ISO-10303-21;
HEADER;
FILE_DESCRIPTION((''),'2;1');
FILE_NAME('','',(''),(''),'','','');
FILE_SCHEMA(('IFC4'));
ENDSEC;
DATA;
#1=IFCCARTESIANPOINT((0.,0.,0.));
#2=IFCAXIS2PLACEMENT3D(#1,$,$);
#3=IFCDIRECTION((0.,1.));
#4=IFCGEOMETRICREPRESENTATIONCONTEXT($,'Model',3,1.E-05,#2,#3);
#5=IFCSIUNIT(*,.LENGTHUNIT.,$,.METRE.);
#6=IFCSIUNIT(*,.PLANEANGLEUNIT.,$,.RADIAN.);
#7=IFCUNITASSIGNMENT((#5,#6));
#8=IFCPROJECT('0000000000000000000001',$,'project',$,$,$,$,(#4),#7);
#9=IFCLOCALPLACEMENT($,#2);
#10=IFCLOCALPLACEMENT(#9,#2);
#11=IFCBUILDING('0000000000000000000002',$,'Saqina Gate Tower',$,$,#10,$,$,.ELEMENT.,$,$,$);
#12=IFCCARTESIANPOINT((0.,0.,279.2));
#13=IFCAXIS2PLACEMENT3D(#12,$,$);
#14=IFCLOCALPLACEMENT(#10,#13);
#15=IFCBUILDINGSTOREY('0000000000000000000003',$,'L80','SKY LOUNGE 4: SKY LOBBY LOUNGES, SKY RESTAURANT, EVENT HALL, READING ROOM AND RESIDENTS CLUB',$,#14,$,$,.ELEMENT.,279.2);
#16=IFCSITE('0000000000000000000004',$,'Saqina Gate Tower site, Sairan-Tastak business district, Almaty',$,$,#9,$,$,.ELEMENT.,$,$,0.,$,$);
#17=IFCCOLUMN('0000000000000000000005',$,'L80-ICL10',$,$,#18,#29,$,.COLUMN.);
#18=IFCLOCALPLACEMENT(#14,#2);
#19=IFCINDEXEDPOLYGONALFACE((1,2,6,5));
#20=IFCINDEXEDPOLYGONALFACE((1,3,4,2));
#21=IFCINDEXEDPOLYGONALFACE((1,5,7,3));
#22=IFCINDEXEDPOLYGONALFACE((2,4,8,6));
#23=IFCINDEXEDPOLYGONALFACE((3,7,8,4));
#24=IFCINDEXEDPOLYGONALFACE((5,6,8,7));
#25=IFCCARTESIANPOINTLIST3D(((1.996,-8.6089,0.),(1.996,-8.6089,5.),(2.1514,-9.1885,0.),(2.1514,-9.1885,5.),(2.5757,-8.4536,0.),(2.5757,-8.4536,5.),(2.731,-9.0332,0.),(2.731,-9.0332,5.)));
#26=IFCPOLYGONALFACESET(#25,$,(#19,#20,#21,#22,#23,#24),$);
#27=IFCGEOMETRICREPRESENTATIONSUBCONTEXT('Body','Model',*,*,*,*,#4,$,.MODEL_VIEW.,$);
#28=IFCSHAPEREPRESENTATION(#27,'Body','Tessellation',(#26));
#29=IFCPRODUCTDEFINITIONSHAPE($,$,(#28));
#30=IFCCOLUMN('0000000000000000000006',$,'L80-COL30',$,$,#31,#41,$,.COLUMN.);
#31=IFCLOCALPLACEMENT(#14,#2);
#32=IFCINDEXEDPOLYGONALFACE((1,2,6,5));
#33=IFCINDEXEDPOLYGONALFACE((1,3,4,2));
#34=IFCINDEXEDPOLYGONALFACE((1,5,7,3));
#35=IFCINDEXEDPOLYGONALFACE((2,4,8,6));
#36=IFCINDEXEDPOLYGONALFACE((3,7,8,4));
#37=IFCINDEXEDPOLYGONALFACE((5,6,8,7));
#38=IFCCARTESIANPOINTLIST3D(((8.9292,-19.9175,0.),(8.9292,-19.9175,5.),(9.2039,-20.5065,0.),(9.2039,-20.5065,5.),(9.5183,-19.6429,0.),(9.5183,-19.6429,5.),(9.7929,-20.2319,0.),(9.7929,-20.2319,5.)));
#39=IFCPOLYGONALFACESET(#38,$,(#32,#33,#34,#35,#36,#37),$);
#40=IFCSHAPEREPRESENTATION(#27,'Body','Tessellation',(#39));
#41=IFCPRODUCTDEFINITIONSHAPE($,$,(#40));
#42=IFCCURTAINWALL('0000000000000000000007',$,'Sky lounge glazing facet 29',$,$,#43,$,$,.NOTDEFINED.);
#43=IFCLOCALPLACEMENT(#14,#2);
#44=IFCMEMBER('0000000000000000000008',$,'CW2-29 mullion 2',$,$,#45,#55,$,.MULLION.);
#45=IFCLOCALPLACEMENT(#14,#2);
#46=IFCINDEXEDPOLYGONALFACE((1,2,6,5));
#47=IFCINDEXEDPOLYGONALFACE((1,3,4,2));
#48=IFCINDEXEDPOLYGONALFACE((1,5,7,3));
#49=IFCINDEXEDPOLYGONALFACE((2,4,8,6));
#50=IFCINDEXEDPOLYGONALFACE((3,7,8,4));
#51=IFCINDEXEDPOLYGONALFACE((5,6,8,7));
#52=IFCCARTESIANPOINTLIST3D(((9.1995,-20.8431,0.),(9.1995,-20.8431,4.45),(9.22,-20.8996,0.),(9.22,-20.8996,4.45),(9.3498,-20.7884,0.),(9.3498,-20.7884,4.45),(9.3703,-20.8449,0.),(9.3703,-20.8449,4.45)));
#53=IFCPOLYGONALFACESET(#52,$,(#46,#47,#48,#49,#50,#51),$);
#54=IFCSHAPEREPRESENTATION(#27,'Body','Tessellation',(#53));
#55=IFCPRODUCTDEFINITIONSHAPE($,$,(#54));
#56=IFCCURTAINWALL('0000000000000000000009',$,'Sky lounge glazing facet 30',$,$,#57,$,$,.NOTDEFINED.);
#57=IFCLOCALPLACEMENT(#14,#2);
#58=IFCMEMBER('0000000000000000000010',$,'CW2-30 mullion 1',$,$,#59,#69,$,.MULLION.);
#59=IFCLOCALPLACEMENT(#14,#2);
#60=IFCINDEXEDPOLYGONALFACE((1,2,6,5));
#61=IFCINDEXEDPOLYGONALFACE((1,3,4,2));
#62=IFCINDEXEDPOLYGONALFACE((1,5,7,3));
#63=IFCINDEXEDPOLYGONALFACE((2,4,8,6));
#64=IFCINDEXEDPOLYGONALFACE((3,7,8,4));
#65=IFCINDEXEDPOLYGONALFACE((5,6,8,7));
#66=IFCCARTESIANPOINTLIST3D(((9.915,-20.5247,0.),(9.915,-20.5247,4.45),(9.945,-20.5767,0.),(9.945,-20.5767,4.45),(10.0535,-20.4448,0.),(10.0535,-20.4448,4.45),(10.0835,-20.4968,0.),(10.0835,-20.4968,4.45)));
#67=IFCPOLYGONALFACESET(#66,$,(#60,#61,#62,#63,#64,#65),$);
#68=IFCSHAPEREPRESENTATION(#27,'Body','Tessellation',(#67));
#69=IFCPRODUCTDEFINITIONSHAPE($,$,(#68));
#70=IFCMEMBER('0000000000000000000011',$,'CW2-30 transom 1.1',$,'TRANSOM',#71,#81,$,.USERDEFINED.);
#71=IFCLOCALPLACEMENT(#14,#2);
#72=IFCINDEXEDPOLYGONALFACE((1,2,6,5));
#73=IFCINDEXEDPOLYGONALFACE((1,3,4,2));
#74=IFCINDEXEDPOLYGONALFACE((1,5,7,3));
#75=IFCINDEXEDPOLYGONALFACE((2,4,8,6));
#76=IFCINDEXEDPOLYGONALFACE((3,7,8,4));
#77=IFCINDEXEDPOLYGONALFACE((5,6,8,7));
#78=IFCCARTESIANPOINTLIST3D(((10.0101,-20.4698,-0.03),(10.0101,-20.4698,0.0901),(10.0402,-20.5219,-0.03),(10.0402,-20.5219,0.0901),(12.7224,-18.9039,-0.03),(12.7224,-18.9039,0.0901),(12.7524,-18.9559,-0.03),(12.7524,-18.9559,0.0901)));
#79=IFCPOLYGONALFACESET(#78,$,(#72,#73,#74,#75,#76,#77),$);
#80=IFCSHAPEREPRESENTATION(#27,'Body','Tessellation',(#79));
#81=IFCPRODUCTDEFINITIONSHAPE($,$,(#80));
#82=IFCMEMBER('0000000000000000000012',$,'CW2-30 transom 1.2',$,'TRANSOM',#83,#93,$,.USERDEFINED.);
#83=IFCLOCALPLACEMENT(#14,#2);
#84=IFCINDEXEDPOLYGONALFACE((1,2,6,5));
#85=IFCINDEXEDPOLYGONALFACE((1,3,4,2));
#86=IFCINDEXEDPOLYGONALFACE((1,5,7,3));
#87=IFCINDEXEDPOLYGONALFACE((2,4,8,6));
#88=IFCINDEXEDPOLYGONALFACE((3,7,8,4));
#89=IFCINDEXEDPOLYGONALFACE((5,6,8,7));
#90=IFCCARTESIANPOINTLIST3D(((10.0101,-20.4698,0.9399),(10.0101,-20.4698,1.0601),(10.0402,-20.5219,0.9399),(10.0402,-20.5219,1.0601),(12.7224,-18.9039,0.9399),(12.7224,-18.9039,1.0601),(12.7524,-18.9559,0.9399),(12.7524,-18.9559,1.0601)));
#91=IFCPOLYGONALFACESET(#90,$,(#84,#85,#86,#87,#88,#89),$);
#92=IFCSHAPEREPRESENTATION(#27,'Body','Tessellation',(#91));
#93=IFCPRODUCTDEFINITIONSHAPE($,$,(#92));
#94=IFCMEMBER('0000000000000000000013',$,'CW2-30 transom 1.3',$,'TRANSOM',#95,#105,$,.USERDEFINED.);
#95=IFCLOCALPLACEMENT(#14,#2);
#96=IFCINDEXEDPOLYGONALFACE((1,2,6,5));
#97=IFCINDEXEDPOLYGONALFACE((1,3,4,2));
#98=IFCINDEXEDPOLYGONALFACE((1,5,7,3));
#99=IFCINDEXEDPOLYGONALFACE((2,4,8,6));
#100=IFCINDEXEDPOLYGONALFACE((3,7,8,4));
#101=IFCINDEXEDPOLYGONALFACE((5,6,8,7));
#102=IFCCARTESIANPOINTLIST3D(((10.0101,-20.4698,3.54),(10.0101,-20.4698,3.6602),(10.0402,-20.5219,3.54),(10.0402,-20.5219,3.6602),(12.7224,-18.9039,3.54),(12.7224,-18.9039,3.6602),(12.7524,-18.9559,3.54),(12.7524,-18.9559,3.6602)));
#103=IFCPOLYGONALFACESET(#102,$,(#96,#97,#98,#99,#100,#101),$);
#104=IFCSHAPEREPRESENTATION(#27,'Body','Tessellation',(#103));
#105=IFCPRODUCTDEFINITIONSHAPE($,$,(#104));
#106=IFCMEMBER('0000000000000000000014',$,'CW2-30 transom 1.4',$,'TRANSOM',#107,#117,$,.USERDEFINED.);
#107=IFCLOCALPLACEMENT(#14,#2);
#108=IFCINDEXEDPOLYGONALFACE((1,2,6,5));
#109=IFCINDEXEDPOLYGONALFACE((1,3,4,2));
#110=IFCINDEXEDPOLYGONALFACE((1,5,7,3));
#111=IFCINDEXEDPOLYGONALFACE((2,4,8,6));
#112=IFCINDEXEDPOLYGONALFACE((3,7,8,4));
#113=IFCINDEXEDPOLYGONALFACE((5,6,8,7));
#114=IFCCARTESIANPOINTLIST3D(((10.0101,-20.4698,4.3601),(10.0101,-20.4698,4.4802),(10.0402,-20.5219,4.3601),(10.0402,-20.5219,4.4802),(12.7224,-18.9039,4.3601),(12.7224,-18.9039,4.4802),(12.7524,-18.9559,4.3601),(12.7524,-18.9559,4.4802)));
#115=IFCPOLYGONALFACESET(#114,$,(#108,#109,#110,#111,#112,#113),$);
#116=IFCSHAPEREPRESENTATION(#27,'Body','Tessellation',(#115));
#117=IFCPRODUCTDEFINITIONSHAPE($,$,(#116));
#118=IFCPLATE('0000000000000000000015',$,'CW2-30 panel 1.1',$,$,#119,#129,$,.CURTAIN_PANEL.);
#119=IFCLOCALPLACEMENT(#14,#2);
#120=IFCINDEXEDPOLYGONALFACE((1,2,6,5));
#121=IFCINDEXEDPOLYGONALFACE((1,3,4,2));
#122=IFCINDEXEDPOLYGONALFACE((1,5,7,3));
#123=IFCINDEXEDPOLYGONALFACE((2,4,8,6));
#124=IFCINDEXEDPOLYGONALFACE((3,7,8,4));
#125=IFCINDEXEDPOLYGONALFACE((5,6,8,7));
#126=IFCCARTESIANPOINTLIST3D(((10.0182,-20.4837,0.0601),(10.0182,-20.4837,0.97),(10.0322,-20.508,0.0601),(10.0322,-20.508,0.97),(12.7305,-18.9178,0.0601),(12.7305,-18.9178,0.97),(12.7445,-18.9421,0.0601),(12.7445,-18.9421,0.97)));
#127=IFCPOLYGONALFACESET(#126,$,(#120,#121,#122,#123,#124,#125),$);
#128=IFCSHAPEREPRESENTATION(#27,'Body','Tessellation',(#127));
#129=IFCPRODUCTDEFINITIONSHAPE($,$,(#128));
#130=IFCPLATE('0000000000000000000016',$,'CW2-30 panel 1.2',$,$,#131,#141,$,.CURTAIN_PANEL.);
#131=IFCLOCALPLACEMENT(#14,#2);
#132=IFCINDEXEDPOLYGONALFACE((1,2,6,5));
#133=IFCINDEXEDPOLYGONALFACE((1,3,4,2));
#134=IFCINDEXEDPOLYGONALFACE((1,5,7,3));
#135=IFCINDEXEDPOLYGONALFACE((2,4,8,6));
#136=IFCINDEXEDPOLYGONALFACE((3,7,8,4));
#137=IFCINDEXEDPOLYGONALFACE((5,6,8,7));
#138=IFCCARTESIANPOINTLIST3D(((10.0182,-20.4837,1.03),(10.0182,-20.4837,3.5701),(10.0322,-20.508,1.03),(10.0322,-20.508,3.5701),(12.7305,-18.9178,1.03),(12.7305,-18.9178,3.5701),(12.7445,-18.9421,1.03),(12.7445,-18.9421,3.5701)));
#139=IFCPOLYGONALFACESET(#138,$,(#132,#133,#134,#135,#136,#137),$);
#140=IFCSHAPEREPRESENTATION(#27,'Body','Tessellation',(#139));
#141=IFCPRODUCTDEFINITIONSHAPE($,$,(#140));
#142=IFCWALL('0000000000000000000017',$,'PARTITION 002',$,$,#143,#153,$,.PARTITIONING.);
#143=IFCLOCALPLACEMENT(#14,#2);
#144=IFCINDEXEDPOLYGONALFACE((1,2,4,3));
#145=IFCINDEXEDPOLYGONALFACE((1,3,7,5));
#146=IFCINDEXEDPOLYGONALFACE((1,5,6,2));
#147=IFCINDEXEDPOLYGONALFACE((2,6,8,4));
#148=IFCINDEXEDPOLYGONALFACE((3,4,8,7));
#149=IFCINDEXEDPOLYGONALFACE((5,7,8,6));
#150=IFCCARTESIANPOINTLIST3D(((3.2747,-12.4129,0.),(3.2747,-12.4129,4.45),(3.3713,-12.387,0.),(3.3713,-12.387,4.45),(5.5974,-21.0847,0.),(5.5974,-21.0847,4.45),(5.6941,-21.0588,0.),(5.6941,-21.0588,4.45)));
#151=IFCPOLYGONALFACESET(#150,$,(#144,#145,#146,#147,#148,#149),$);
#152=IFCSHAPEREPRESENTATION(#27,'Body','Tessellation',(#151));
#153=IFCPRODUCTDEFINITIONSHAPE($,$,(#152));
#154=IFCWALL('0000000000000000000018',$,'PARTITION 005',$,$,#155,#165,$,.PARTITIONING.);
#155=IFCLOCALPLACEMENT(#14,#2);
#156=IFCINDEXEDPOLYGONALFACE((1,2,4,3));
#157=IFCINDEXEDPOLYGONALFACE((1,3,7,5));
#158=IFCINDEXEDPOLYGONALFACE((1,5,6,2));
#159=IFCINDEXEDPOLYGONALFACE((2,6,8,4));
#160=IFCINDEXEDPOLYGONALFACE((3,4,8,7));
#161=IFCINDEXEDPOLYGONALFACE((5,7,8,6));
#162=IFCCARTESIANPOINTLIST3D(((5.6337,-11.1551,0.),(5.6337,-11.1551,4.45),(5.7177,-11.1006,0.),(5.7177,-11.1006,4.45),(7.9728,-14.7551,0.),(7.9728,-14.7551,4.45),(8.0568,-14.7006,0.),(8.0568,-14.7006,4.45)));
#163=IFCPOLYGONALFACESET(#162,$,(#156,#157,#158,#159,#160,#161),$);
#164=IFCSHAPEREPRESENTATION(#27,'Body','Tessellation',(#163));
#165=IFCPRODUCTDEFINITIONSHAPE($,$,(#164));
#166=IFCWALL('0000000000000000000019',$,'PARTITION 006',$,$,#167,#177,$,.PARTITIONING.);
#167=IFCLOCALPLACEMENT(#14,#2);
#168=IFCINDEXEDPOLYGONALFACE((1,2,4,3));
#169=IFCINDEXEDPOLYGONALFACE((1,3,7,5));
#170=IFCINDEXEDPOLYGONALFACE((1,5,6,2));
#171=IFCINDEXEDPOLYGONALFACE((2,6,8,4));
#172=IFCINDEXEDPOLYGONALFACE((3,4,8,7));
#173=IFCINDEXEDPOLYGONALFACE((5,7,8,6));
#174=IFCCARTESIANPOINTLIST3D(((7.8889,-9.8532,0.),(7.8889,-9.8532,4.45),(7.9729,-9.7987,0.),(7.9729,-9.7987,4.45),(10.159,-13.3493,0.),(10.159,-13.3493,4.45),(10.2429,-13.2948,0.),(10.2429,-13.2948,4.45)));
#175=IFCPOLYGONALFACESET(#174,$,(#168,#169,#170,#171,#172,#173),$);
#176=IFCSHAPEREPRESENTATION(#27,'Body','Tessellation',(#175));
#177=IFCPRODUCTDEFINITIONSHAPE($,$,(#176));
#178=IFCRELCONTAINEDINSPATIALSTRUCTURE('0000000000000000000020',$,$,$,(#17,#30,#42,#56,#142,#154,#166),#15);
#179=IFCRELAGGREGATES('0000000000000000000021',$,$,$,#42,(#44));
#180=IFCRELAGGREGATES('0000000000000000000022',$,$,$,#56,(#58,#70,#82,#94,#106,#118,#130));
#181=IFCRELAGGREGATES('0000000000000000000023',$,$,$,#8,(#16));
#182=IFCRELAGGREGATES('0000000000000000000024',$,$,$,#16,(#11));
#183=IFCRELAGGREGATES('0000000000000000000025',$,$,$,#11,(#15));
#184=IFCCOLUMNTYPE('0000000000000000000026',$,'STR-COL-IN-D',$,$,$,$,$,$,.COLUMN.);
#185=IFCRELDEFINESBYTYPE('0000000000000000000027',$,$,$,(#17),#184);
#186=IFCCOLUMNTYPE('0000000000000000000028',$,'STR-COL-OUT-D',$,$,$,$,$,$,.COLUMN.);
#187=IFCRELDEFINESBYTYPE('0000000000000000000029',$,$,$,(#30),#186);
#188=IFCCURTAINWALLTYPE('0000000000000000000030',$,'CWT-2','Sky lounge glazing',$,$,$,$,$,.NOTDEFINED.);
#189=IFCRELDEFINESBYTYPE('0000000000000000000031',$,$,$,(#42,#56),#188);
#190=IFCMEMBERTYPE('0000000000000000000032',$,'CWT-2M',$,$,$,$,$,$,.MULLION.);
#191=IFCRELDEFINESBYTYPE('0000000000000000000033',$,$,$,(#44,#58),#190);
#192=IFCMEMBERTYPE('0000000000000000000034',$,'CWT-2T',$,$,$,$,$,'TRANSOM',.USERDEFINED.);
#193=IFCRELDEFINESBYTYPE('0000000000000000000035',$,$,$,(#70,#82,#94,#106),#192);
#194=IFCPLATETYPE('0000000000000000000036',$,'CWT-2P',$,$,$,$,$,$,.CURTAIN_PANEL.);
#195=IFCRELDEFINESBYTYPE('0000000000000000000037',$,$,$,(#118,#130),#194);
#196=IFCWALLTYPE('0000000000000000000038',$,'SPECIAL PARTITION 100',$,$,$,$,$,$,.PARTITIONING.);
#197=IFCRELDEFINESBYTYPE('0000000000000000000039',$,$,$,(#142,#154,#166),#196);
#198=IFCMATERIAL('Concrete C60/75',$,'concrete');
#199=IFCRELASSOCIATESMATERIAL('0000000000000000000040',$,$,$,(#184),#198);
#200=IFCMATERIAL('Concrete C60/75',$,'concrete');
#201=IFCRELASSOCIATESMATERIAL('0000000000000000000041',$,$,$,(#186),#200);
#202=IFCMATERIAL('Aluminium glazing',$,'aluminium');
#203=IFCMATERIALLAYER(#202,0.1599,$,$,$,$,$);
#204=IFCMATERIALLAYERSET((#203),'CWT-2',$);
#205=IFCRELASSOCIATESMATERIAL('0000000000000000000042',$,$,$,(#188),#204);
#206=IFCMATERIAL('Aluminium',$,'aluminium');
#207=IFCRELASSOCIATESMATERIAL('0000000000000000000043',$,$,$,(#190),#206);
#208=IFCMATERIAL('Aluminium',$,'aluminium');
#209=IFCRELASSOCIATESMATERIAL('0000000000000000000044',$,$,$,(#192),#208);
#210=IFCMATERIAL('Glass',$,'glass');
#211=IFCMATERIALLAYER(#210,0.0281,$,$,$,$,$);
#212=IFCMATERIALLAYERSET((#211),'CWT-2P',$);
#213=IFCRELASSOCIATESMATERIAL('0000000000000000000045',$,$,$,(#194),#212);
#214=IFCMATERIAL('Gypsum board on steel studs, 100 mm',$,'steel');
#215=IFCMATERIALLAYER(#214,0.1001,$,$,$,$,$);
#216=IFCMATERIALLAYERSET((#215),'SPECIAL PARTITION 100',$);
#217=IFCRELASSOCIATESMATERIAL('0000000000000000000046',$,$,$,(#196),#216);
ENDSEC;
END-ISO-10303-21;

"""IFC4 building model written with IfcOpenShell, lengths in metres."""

from ifc_helpers import new_model, si_unit, direction, frame, frame_2d, origin, origin_2d, place, context, subcontext, project, spatial, rectangle, extrude, material, layer, layer_set, material_profile, profile_set, type_object, element, aggregate, save


model = new_model("IFC4")

# Units and contexts
model_context = context("Model", 3, precision=1e-05, world=origin(), true_north=direction((0.0, 1.0)))
body_context = subcontext(model_context, "Body", "Model", "MODEL_VIEW")
ifc_project = project(units=[si_unit("LENGTHUNIT", "METRE"), si_unit("PLANEANGLEUNIT", "RADIAN")], contexts=[model_context])

# Site, building, storey
site_placement = place(None, origin())
site = spatial("IfcSite", under=ifc_project, at=site_placement, Name="Saqina Gate Tower site, Sairan-Tastak business district, Almaty", CompositionType="ELEMENT", RefElevation=0.0)
building_placement = place(site_placement, origin())
building = spatial("IfcBuilding", under=site, at=building_placement, Name="Saqina Gate Tower", CompositionType="ELEMENT")
storey_placement = place(building_placement, frame((0.0, 0.0, 279.2)))
storey = spatial("IfcBuildingStorey", under=building, at=storey_placement, Name="L80", Description="SKY LOUNGE 4: SKY LOBBY LOUNGES, SKY RESTAURANT, EVENT HALL, READING ROOM AND RESIDENTS CLUB", CompositionType="ELEMENT", Elevation=279.2)

# Columns
ifc_material_1 = material(Name="Concrete C60/75", Category="concrete")
ifc_material_profile_1 = material_profile(ifc_material_1, rectangle(XDim=0.6001, YDim=0.6001, at=origin_2d()), Name="RC 600x600")
ifc_profile_set_1 = profile_set([ifc_material_profile_1], Name="Concrete C60/75")
column_type_1 = type_object("IfcColumnType", Name="STR-COL-IN-D", PredefinedType="COLUMN", material=ifc_profile_set_1)
column_1_placement = place(storey_placement, frame((2.3635, -8.821, 0.0), z_axis=(0.0, 0.0, 1.0), x_axis=(0.258819, -0.965926, 0.0)))
element("IfcColumn", 1, at=column_1_placement, inside=storey, type_object=column_type_1, Name="L80-ICL10", PredefinedType="COLUMN", context=body_context, shape_type="SweptSolid", body=[
    extrude(rectangle(XDim=0.6001, YDim=0.6001, at=origin_2d()), origin(), (0.0, 0.0, 1.0), 5.0),
])
ifc_material_2 = material(Name="Concrete C60/75", Category="concrete")
ifc_material_profile_2 = material_profile(ifc_material_2, rectangle(XDim=0.6499, YDim=0.6499, at=origin_2d()), Name="RC 650x650")
ifc_profile_set_2 = profile_set([ifc_material_profile_2], Name="Concrete C60/75")
column_type_2 = type_object("IfcColumnType", Name="STR-COL-OUT-D", PredefinedType="COLUMN", material=ifc_profile_set_2)
column_2_placement = place(storey_placement, frame((9.3611, -20.0747, 0.0), z_axis=(0.0, 0.0, 1.0), x_axis=(0.422618, -0.906308, 0.0)))
element("IfcColumn", 2, at=column_2_placement, inside=storey, type_object=column_type_2, Name="L80-COL30", PredefinedType="COLUMN", context=body_context, shape_type="SweptSolid", body=[
    extrude(rectangle(XDim=0.6499, YDim=0.6499, at=origin_2d()), origin(), (0.0, 0.0, 1.0), 5.0),
])

# Curtain wall, member
ifc_material_3 = material(Name="Aluminium glazing", Category="aluminium")
ifc_layer_1 = layer(ifc_material_3, 0.1599)
ifc_layer_set_1 = layer_set([ifc_layer_1], Name="CWT-2")
curtain_wall_type = type_object("IfcCurtainWallType", Name="CWT-2", Description="Sky lounge glazing", PredefinedType="NOTDEFINED", material=ifc_layer_set_1)
curtain_wall_1_placement = place(storey_placement, origin())
curtain_wall_1 = element("IfcCurtainWall", 3, at=curtain_wall_1_placement, inside=storey, type_object=curtain_wall_type, Name="Sky lounge glazing facet 29", PredefinedType="NOTDEFINED")
ifc_material_4 = material(Name="Aluminium", Category="aluminium")
ifc_material_profile_3 = material_profile(ifc_material_4, rectangle(XDim=0.0601, YDim=0.1599, at=origin_2d()), Name="Aluminium 60x160")
ifc_profile_set_3 = profile_set([ifc_material_profile_3], Name="Aluminium")
member_type_1 = type_object("IfcMemberType", Name="CWT-2M", PredefinedType="MULLION", material=ifc_profile_set_3)
member_1_placement = place(storey_placement, frame((9.2849, -20.844, 0.0), z_axis=(0.0, 0.0, 1.0), x_axis=(-0.342007, 0.939697, 0.0)))
member_1 = element("IfcMember", 4, at=member_1_placement, type_object=member_type_1, Name="CW2-29 mullion 2", PredefinedType="MULLION", context=body_context, shape_type="SweptSolid", body=[
    extrude(rectangle(XDim=0.0601, YDim=0.1599, at=origin_2d()), origin(), (0.0, 0.0, 1.0), 4.45),
])
aggregate(curtain_wall_1, [member_1])

# Curtain wall, members, plates
curtain_wall_2_placement = place(storey_placement, origin())
curtain_wall_2 = element("IfcCurtainWall", 5, at=curtain_wall_2_placement, inside=storey, type_object=curtain_wall_type, Name="Sky lounge glazing facet 30", PredefinedType="NOTDEFINED")
member_2_placement = place(storey_placement, frame((9.9993, -20.5107, 0.0), z_axis=(0.0, 0.0, 1.0), x_axis=(-0.499982, 0.866036, 0.0)))
member_2 = element("IfcMember", 6, at=member_2_placement, type_object=member_type_1, Name="CW2-30 mullion 1", PredefinedType="MULLION", context=body_context, shape_type="SweptSolid", body=[
    extrude(rectangle(XDim=0.0601, YDim=0.1599, at=origin_2d()), origin(), (0.0, 0.0, 1.0), 4.45),
])
ifc_material_5 = material(Name="Aluminium", Category="aluminium")
ifc_material_profile_4 = material_profile(ifc_material_5, rectangle(XDim=0.0601, YDim=0.1201, at=origin_2d()), Name="Aluminium 60x120")
ifc_profile_set_4 = profile_set([ifc_material_profile_4], Name="Aluminium")
member_type_2 = type_object("IfcMemberType", Name="CWT-2T", ElementType="TRANSOM", PredefinedType="USERDEFINED", material=ifc_profile_set_4)
member_3_placement = place(storey_placement, frame((10.0251, -20.4958, 0.03), z_axis=(0.866018, 0.500013, 0.0), x_axis=(-0.500013, 0.866018, 0.0)))
member_3 = element("IfcMember", 7, at=member_3_placement, type_object=member_type_2, Name="CW2-30 transom 1.1", ObjectType="TRANSOM", PredefinedType="USERDEFINED", context=body_context, shape_type="SweptSolid", body=[
    extrude(rectangle(XDim=0.0601, YDim=0.1201, at=origin_2d()), origin(), (0.0, 0.0, 1.0), 3.1318),
])
member_4_placement = place(storey_placement, frame((10.0251, -20.4958, 1.0), z_axis=(0.866018, 0.500013, 0.0), x_axis=(-0.500013, 0.866018, 0.0)))
member_4 = element("IfcMember", 8, at=member_4_placement, type_object=member_type_2, Name="CW2-30 transom 1.2", ObjectType="TRANSOM", PredefinedType="USERDEFINED", context=body_context, shape_type="SweptSolid", body=[
    extrude(rectangle(XDim=0.0601, YDim=0.1201, at=origin_2d()), origin(), (0.0, 0.0, 1.0), 3.1318),
])
member_5_placement = place(storey_placement, frame((10.0251, -20.4958, 3.6001), z_axis=(0.866018, 0.500013, 0.0), x_axis=(-0.500013, 0.866018, 0.0)))
member_5 = element("IfcMember", 9, at=member_5_placement, type_object=member_type_2, Name="CW2-30 transom 1.3", ObjectType="TRANSOM", PredefinedType="USERDEFINED", context=body_context, shape_type="SweptSolid", body=[
    extrude(rectangle(XDim=0.0601, YDim=0.1201, at=origin_2d()), origin(), (0.0, 0.0, 1.0), 3.1318),
])
member_6_placement = place(storey_placement, frame((10.0251, -20.4958, 4.4202), z_axis=(0.866018, 0.500013, 0.0), x_axis=(-0.500013, 0.866018, 0.0)))
member_6 = element("IfcMember", 10, at=member_6_placement, type_object=member_type_2, Name="CW2-30 transom 1.4", ObjectType="TRANSOM", PredefinedType="USERDEFINED", context=body_context, shape_type="SweptSolid", body=[
    extrude(rectangle(XDim=0.0601, YDim=0.1201, at=origin_2d()), origin(), (0.0, 0.0, 1.0), 3.1318),
])
ifc_material_6 = material(Name="Glass", Category="glass")
ifc_layer_2 = layer(ifc_material_6, 0.0281)
ifc_layer_set_2 = layer_set([ifc_layer_2], Name="CWT-2P")
plate_type = type_object("IfcPlateType", Name="CWT-2P", PredefinedType="CURTAIN_PANEL", material=ifc_layer_set_2)
plate_1_placement = place(storey_placement, frame((11.3813, -19.7129, 0.0601), z_axis=(0.0, 0.0, 1.0), x_axis=(0.866036, 0.499982, 0.0)))
plate_1 = element("IfcPlate", 11, at=plate_1_placement, type_object=plate_type, Name="CW2-30 panel 1.1", PredefinedType="CURTAIN_PANEL", context=body_context, shape_type="SweptSolid", body=[
    extrude(rectangle(XDim=3.1318, YDim=0.0281, at=origin_2d()), origin(), (0.0, 0.0, 1.0), 0.9099),
])
plate_2_placement = place(storey_placement, frame((11.3813, -19.7129, 1.03), z_axis=(0.0, 0.0, 1.0), x_axis=(0.866036, 0.499982, 0.0)))
plate_2 = element("IfcPlate", 12, at=plate_2_placement, type_object=plate_type, Name="CW2-30 panel 1.2", PredefinedType="CURTAIN_PANEL", context=body_context, shape_type="SweptSolid", body=[
    extrude(rectangle(XDim=3.1318, YDim=0.0281, at=origin_2d()), origin(), (0.0, 0.0, 1.0), 2.54),
])
aggregate(curtain_wall_2, [member_2, member_3, member_4, member_5, member_6, plate_1, plate_2])

# Walls
ifc_material_7 = material(Name="Gypsum board on steel studs, 100 mm", Category="steel")
ifc_layer_3 = layer(ifc_material_7, 0.1001)
ifc_layer_set_3 = layer_set([ifc_layer_3], Name="SPECIAL PARTITION 100")
wall_type_1 = type_object("IfcWallType", Name="SPECIAL PARTITION 100", PredefinedType="PARTITIONING", material=ifc_layer_set_3)
wall_1_placement = place(storey_placement, frame((3.323, -12.3999, 0.0), z_axis=(0.0, 0.0, 1.0), x_axis=(0.258729, -0.96595, 0.0)))
element("IfcWall", 13, at=wall_1_placement, inside=storey, type_object=wall_type_1, Name="PARTITION 002", PredefinedType="PARTITIONING", context=body_context, shape_type="SweptSolid", body=[
    extrude(rectangle(XDim=8.9775, YDim=0.1001, at=frame_2d((4.4888, 0.0))), origin(), (0.0, 0.0, 1.0), 4.45),
])
wall_2_placement = place(storey_placement, frame((5.6758, -11.1279, 0.0), z_axis=(0.0, 0.0, 1.0), x_axis=(0.544832, -0.838545, 0.0)))
element("IfcWall", 14, at=wall_2_placement, inside=storey, type_object=wall_type_1, Name="PARTITION 005", PredefinedType="PARTITIONING", context=body_context, shape_type="SweptSolid", body=[
    extrude(rectangle(XDim=4.2932, YDim=0.1001, at=frame_2d((2.1465, 0.0))), origin(), (0.0, 0.0, 1.0), 4.45),
])
wall_3_placement = place(storey_placement, frame((7.9309, -9.8259, 0.0), z_axis=(0.0, 0.0, 1.0), x_axis=(0.544577, -0.838711, 0.0)))
element("IfcWall", 15, at=wall_3_placement, inside=storey, type_object=wall_type_1, Name="PARTITION 006", PredefinedType="PARTITIONING", context=body_context, shape_type="SweptSolid", body=[
    extrude(rectangle(XDim=4.1685, YDim=0.1001, at=frame_2d((2.0842, 0.0))), origin(), (0.0, 0.0, 1.0), 4.45),
])

save(model, "model.ifc")
